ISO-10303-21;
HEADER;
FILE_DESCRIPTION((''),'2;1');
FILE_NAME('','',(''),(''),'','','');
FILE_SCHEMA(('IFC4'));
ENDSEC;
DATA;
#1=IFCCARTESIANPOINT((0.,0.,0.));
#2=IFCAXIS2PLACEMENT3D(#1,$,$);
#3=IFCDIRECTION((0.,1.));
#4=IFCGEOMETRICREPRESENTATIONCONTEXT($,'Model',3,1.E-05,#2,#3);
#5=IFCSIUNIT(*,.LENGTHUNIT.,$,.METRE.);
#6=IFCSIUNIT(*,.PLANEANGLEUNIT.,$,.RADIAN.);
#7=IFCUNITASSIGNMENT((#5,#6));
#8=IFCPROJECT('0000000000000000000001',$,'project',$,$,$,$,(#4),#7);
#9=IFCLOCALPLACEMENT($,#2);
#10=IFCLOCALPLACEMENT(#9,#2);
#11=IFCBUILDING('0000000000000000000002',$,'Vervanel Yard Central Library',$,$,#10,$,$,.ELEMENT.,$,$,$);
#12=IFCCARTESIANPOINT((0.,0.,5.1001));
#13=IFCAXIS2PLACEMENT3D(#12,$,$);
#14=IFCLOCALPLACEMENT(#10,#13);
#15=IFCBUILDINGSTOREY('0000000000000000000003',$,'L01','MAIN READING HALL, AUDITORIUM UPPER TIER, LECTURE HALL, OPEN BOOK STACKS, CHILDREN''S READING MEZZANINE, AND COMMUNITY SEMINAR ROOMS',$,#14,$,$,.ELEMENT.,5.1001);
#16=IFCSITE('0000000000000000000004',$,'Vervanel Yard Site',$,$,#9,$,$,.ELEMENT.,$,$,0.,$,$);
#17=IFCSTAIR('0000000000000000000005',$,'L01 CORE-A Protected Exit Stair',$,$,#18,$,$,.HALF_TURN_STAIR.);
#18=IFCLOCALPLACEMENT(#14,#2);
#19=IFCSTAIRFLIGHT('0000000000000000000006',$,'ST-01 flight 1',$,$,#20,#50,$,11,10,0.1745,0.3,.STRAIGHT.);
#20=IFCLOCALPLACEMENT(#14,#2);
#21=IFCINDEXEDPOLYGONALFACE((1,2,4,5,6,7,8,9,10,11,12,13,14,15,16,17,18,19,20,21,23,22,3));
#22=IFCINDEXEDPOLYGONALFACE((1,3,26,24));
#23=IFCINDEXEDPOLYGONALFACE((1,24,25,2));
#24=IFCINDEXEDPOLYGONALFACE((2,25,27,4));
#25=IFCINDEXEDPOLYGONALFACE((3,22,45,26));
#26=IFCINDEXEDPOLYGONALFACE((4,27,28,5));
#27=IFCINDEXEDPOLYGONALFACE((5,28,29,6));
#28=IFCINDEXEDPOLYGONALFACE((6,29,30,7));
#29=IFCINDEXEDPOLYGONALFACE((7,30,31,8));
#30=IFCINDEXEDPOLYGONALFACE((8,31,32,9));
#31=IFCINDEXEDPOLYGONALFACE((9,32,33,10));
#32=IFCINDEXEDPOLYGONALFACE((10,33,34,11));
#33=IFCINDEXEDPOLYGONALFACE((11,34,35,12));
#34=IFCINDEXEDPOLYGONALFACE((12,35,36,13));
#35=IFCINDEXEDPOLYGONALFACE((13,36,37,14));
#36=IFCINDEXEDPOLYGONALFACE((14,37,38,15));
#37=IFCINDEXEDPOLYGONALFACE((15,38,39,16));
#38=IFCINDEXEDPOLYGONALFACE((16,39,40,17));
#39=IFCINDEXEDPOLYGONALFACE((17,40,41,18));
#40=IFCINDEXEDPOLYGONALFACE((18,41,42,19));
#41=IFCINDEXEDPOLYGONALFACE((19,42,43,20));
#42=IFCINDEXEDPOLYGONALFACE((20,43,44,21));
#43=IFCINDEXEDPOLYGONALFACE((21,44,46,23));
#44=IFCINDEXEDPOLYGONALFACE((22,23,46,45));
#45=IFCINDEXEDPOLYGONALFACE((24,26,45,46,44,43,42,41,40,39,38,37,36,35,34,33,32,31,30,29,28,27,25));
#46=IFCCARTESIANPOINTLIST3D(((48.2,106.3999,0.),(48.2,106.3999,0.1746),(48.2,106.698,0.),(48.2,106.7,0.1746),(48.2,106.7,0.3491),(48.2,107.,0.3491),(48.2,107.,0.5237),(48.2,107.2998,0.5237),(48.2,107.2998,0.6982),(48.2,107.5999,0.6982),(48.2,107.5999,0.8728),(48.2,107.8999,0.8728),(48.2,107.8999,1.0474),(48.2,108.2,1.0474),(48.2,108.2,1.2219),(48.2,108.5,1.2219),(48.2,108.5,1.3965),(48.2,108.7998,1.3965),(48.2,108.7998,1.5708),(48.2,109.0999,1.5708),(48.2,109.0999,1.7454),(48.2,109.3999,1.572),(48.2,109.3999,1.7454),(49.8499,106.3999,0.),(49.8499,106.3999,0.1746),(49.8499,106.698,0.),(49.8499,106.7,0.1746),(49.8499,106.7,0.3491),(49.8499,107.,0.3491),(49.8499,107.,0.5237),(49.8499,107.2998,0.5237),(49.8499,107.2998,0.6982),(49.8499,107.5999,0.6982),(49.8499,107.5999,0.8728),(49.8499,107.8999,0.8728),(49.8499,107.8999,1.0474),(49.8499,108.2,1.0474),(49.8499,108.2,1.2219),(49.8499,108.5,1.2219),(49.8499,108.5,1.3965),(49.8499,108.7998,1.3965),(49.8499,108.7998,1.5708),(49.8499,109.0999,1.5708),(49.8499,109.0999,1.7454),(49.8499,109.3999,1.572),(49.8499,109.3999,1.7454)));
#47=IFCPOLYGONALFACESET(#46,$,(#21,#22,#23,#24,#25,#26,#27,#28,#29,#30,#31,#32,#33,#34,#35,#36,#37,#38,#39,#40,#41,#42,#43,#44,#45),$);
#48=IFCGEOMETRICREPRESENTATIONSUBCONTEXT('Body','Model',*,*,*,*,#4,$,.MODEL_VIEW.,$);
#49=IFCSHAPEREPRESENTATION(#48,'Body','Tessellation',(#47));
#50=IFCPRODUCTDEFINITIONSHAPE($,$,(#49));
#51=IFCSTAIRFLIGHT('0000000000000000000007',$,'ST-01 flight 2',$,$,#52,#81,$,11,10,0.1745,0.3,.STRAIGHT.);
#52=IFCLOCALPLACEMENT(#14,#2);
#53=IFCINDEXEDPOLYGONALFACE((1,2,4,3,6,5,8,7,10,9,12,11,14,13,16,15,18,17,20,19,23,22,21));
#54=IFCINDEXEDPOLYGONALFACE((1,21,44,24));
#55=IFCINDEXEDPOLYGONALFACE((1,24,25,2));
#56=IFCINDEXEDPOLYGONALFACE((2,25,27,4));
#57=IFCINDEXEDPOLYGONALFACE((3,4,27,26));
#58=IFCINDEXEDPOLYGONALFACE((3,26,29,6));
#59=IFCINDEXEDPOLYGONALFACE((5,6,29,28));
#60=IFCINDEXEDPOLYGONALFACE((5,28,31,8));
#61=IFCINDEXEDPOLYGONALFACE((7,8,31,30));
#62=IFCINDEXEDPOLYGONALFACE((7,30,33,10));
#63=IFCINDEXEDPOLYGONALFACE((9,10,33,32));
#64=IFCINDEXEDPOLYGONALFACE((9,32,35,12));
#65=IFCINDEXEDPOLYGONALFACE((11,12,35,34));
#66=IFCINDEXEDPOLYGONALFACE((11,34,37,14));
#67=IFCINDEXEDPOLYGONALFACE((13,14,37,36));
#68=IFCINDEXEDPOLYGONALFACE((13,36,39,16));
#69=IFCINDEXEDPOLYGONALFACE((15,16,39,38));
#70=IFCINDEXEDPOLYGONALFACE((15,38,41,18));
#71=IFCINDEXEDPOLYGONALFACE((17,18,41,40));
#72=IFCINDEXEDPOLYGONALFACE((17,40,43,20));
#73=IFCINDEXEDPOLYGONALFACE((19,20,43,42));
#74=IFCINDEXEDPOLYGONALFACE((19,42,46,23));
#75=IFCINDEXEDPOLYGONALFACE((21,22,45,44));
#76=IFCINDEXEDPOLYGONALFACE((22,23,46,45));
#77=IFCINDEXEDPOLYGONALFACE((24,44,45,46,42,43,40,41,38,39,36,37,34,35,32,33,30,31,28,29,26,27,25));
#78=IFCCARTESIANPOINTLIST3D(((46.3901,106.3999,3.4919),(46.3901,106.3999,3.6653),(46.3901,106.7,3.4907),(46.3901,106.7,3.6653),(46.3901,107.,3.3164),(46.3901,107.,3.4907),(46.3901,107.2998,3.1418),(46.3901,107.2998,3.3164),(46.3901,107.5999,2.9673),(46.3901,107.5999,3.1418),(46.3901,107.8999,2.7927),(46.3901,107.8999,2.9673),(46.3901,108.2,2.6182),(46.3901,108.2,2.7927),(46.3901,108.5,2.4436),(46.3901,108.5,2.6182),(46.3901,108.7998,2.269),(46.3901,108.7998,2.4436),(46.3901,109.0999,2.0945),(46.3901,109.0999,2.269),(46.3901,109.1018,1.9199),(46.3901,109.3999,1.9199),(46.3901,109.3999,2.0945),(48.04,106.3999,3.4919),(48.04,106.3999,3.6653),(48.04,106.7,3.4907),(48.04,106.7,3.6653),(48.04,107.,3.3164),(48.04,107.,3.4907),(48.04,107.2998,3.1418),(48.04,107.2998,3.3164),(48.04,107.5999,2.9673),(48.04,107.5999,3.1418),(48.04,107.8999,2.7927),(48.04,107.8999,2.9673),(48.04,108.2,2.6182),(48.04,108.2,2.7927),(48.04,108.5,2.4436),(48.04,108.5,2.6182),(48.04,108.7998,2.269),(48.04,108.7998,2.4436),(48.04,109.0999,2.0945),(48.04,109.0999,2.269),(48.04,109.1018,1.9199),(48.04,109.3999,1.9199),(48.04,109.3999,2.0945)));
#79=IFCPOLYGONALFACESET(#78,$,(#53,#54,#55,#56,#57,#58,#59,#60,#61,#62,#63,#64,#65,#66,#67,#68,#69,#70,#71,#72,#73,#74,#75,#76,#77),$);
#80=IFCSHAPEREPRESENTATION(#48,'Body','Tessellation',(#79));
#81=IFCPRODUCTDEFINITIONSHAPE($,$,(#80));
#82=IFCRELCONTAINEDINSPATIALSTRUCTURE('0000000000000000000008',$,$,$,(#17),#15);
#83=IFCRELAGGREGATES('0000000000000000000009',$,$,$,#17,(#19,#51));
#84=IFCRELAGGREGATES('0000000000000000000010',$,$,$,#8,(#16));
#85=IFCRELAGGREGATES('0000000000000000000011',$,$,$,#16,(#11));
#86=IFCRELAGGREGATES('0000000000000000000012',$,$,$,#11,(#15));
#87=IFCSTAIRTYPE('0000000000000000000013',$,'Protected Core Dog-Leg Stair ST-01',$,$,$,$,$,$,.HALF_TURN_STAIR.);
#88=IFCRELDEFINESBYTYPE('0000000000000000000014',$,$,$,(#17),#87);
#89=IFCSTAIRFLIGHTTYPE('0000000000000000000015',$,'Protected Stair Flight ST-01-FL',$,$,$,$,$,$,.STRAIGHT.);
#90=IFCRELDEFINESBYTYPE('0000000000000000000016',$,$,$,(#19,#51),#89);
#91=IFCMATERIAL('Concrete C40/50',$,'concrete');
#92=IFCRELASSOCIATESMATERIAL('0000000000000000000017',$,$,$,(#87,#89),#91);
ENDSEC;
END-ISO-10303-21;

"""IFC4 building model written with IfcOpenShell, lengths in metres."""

from ifc_helpers import new_model, si_unit, direction, frame, origin, place, context, subcontext, project, spatial, polyline, outline, extrude, material, type_object, element, aggregate, save


model = new_model("IFC4")

# Units and contexts
model_context = context("Model", 3, precision=1e-05, world=origin(), true_north=direction((0.0, 1.0)))
body_context = subcontext(model_context, "Body", "Model", "MODEL_VIEW")
ifc_project = project(units=[si_unit("LENGTHUNIT", "METRE"), si_unit("PLANEANGLEUNIT", "RADIAN")], contexts=[model_context])

# Site, building, storey
site_placement = place(None, origin())
site = spatial("IfcSite", under=ifc_project, at=site_placement, Name="Vervanel Yard Site", CompositionType="ELEMENT", RefElevation=0.0)
building_placement = place(site_placement, origin())
building = spatial("IfcBuilding", under=site, at=building_placement, Name="Vervanel Yard Central Library", CompositionType="ELEMENT")
storey_placement = place(building_placement, frame((0.0, 0.0, 5.1001)))
storey = spatial("IfcBuildingStorey", under=building, at=storey_placement, Name="L01", Description="MAIN READING HALL, AUDITORIUM UPPER TIER, LECTURE HALL, OPEN BOOK STACKS, CHILDREN'S READING MEZZANINE, AND COMMUNITY SEMINAR ROOMS", CompositionType="ELEMENT", Elevation=5.1001)

# Shared definitions
ifc_material_1 = material(Name="Concrete C40/50", Category="concrete")

# Stair, stair flights
stair_type = type_object("IfcStairType", Name="Protected Core Dog-Leg Stair ST-01", PredefinedType="HALF_TURN_STAIR", material=ifc_material_1)
stair_placement = place(storey_placement, origin())
stair = element("IfcStair", 1, at=stair_placement, inside=storey, type_object=stair_type, Name="L01 CORE-A Protected Exit Stair", PredefinedType="HALF_TURN_STAIR")
stair_flight_type = type_object("IfcStairFlightType", Name="Protected Stair Flight ST-01-FL", PredefinedType="STRAIGHT", material=ifc_material_1)
stair_flight_1_placement = place(storey_placement, frame((49.0249, 106.3999, 0.0), z_axis=(0.0, 0.0, 1.0), x_axis=(0.0, 1.0, 0.0)))
stair_flight_1 = element("IfcStairFlight", 2, at=stair_flight_1_placement, type_object=stair_flight_type, Name="ST-01 flight 1", NumberOfRisers=11, NumberOfTreads=10, PredefinedType="STRAIGHT", RiserHeight=0.1745, TreadLength=0.3, context=body_context, shape_type="SweptSolid", body=[
    extrude(outline(polyline([(0.0, 0.0), (0.0, 0.1746), (0.3, 0.1746), (0.3, 0.3491), (0.6001, 0.3491), (0.6001, 0.5237), (0.8999, 0.5237), (0.8999, 0.6982), (1.2, 0.6982), (1.2, 0.8728), (1.5, 0.8728), (1.5, 1.0474), (1.8, 1.0474), (1.8, 1.2219), (2.1001, 1.2219), (2.1001, 1.3965), (2.3999, 1.3965), (2.3999, 1.5708), (2.7, 1.5708), (2.7, 1.7454), (3.0, 1.7454), (3.0, 1.9199), (3.0, 1.572), (0.2981, 0.0), (0.0, 0.0)])), frame((0.0, 0.825, 0.0), z_axis=(0.0, -1.0, 0.0), x_axis=(1.0, 0.0, 0.0)), (0.0, 0.0, 1.0), 1.6499),
])
stair_flight_2_placement = place(storey_placement, frame((47.2151, 109.3999, 1.9199), z_axis=(0.0, 0.0, 1.0), x_axis=(0.0, -1.0, 0.0)))
stair_flight_2 = element("IfcStairFlight", 3, at=stair_flight_2_placement, type_object=stair_flight_type, Name="ST-01 flight 2", NumberOfRisers=11, NumberOfTreads=10, PredefinedType="STRAIGHT", RiserHeight=0.1745, TreadLength=0.3, context=body_context, shape_type="SweptSolid", body=[
    extrude(outline(polyline([(0.0, 0.0), (0.0, 0.1746), (0.3, 0.1746), (0.3, 0.3491), (0.6001, 0.3491), (0.6001, 0.5237), (0.8999, 0.5237), (0.8999, 0.6982), (1.2, 0.6982), (1.2, 0.8728), (1.5, 0.8728), (1.5, 1.0474), (1.8, 1.0474), (1.8, 1.2219), (2.1001, 1.2219), (2.1001, 1.3965), (2.3999, 1.3965), (2.3999, 1.5708), (2.7, 1.5708), (2.7, 1.7454), (3.0, 1.7454), (3.0, 1.9199), (3.0, 1.572), (0.2981, 0.0), (0.0, 0.0)])), frame((0.0, 0.825, 0.0), z_axis=(0.0, -1.0, 0.0), x_axis=(1.0, 0.0, 0.0)), (0.0, 0.0, 1.0), 1.6499),
])
aggregate(stair, [stair_flight_1, stair_flight_2])

save(model, "model.ifc")
